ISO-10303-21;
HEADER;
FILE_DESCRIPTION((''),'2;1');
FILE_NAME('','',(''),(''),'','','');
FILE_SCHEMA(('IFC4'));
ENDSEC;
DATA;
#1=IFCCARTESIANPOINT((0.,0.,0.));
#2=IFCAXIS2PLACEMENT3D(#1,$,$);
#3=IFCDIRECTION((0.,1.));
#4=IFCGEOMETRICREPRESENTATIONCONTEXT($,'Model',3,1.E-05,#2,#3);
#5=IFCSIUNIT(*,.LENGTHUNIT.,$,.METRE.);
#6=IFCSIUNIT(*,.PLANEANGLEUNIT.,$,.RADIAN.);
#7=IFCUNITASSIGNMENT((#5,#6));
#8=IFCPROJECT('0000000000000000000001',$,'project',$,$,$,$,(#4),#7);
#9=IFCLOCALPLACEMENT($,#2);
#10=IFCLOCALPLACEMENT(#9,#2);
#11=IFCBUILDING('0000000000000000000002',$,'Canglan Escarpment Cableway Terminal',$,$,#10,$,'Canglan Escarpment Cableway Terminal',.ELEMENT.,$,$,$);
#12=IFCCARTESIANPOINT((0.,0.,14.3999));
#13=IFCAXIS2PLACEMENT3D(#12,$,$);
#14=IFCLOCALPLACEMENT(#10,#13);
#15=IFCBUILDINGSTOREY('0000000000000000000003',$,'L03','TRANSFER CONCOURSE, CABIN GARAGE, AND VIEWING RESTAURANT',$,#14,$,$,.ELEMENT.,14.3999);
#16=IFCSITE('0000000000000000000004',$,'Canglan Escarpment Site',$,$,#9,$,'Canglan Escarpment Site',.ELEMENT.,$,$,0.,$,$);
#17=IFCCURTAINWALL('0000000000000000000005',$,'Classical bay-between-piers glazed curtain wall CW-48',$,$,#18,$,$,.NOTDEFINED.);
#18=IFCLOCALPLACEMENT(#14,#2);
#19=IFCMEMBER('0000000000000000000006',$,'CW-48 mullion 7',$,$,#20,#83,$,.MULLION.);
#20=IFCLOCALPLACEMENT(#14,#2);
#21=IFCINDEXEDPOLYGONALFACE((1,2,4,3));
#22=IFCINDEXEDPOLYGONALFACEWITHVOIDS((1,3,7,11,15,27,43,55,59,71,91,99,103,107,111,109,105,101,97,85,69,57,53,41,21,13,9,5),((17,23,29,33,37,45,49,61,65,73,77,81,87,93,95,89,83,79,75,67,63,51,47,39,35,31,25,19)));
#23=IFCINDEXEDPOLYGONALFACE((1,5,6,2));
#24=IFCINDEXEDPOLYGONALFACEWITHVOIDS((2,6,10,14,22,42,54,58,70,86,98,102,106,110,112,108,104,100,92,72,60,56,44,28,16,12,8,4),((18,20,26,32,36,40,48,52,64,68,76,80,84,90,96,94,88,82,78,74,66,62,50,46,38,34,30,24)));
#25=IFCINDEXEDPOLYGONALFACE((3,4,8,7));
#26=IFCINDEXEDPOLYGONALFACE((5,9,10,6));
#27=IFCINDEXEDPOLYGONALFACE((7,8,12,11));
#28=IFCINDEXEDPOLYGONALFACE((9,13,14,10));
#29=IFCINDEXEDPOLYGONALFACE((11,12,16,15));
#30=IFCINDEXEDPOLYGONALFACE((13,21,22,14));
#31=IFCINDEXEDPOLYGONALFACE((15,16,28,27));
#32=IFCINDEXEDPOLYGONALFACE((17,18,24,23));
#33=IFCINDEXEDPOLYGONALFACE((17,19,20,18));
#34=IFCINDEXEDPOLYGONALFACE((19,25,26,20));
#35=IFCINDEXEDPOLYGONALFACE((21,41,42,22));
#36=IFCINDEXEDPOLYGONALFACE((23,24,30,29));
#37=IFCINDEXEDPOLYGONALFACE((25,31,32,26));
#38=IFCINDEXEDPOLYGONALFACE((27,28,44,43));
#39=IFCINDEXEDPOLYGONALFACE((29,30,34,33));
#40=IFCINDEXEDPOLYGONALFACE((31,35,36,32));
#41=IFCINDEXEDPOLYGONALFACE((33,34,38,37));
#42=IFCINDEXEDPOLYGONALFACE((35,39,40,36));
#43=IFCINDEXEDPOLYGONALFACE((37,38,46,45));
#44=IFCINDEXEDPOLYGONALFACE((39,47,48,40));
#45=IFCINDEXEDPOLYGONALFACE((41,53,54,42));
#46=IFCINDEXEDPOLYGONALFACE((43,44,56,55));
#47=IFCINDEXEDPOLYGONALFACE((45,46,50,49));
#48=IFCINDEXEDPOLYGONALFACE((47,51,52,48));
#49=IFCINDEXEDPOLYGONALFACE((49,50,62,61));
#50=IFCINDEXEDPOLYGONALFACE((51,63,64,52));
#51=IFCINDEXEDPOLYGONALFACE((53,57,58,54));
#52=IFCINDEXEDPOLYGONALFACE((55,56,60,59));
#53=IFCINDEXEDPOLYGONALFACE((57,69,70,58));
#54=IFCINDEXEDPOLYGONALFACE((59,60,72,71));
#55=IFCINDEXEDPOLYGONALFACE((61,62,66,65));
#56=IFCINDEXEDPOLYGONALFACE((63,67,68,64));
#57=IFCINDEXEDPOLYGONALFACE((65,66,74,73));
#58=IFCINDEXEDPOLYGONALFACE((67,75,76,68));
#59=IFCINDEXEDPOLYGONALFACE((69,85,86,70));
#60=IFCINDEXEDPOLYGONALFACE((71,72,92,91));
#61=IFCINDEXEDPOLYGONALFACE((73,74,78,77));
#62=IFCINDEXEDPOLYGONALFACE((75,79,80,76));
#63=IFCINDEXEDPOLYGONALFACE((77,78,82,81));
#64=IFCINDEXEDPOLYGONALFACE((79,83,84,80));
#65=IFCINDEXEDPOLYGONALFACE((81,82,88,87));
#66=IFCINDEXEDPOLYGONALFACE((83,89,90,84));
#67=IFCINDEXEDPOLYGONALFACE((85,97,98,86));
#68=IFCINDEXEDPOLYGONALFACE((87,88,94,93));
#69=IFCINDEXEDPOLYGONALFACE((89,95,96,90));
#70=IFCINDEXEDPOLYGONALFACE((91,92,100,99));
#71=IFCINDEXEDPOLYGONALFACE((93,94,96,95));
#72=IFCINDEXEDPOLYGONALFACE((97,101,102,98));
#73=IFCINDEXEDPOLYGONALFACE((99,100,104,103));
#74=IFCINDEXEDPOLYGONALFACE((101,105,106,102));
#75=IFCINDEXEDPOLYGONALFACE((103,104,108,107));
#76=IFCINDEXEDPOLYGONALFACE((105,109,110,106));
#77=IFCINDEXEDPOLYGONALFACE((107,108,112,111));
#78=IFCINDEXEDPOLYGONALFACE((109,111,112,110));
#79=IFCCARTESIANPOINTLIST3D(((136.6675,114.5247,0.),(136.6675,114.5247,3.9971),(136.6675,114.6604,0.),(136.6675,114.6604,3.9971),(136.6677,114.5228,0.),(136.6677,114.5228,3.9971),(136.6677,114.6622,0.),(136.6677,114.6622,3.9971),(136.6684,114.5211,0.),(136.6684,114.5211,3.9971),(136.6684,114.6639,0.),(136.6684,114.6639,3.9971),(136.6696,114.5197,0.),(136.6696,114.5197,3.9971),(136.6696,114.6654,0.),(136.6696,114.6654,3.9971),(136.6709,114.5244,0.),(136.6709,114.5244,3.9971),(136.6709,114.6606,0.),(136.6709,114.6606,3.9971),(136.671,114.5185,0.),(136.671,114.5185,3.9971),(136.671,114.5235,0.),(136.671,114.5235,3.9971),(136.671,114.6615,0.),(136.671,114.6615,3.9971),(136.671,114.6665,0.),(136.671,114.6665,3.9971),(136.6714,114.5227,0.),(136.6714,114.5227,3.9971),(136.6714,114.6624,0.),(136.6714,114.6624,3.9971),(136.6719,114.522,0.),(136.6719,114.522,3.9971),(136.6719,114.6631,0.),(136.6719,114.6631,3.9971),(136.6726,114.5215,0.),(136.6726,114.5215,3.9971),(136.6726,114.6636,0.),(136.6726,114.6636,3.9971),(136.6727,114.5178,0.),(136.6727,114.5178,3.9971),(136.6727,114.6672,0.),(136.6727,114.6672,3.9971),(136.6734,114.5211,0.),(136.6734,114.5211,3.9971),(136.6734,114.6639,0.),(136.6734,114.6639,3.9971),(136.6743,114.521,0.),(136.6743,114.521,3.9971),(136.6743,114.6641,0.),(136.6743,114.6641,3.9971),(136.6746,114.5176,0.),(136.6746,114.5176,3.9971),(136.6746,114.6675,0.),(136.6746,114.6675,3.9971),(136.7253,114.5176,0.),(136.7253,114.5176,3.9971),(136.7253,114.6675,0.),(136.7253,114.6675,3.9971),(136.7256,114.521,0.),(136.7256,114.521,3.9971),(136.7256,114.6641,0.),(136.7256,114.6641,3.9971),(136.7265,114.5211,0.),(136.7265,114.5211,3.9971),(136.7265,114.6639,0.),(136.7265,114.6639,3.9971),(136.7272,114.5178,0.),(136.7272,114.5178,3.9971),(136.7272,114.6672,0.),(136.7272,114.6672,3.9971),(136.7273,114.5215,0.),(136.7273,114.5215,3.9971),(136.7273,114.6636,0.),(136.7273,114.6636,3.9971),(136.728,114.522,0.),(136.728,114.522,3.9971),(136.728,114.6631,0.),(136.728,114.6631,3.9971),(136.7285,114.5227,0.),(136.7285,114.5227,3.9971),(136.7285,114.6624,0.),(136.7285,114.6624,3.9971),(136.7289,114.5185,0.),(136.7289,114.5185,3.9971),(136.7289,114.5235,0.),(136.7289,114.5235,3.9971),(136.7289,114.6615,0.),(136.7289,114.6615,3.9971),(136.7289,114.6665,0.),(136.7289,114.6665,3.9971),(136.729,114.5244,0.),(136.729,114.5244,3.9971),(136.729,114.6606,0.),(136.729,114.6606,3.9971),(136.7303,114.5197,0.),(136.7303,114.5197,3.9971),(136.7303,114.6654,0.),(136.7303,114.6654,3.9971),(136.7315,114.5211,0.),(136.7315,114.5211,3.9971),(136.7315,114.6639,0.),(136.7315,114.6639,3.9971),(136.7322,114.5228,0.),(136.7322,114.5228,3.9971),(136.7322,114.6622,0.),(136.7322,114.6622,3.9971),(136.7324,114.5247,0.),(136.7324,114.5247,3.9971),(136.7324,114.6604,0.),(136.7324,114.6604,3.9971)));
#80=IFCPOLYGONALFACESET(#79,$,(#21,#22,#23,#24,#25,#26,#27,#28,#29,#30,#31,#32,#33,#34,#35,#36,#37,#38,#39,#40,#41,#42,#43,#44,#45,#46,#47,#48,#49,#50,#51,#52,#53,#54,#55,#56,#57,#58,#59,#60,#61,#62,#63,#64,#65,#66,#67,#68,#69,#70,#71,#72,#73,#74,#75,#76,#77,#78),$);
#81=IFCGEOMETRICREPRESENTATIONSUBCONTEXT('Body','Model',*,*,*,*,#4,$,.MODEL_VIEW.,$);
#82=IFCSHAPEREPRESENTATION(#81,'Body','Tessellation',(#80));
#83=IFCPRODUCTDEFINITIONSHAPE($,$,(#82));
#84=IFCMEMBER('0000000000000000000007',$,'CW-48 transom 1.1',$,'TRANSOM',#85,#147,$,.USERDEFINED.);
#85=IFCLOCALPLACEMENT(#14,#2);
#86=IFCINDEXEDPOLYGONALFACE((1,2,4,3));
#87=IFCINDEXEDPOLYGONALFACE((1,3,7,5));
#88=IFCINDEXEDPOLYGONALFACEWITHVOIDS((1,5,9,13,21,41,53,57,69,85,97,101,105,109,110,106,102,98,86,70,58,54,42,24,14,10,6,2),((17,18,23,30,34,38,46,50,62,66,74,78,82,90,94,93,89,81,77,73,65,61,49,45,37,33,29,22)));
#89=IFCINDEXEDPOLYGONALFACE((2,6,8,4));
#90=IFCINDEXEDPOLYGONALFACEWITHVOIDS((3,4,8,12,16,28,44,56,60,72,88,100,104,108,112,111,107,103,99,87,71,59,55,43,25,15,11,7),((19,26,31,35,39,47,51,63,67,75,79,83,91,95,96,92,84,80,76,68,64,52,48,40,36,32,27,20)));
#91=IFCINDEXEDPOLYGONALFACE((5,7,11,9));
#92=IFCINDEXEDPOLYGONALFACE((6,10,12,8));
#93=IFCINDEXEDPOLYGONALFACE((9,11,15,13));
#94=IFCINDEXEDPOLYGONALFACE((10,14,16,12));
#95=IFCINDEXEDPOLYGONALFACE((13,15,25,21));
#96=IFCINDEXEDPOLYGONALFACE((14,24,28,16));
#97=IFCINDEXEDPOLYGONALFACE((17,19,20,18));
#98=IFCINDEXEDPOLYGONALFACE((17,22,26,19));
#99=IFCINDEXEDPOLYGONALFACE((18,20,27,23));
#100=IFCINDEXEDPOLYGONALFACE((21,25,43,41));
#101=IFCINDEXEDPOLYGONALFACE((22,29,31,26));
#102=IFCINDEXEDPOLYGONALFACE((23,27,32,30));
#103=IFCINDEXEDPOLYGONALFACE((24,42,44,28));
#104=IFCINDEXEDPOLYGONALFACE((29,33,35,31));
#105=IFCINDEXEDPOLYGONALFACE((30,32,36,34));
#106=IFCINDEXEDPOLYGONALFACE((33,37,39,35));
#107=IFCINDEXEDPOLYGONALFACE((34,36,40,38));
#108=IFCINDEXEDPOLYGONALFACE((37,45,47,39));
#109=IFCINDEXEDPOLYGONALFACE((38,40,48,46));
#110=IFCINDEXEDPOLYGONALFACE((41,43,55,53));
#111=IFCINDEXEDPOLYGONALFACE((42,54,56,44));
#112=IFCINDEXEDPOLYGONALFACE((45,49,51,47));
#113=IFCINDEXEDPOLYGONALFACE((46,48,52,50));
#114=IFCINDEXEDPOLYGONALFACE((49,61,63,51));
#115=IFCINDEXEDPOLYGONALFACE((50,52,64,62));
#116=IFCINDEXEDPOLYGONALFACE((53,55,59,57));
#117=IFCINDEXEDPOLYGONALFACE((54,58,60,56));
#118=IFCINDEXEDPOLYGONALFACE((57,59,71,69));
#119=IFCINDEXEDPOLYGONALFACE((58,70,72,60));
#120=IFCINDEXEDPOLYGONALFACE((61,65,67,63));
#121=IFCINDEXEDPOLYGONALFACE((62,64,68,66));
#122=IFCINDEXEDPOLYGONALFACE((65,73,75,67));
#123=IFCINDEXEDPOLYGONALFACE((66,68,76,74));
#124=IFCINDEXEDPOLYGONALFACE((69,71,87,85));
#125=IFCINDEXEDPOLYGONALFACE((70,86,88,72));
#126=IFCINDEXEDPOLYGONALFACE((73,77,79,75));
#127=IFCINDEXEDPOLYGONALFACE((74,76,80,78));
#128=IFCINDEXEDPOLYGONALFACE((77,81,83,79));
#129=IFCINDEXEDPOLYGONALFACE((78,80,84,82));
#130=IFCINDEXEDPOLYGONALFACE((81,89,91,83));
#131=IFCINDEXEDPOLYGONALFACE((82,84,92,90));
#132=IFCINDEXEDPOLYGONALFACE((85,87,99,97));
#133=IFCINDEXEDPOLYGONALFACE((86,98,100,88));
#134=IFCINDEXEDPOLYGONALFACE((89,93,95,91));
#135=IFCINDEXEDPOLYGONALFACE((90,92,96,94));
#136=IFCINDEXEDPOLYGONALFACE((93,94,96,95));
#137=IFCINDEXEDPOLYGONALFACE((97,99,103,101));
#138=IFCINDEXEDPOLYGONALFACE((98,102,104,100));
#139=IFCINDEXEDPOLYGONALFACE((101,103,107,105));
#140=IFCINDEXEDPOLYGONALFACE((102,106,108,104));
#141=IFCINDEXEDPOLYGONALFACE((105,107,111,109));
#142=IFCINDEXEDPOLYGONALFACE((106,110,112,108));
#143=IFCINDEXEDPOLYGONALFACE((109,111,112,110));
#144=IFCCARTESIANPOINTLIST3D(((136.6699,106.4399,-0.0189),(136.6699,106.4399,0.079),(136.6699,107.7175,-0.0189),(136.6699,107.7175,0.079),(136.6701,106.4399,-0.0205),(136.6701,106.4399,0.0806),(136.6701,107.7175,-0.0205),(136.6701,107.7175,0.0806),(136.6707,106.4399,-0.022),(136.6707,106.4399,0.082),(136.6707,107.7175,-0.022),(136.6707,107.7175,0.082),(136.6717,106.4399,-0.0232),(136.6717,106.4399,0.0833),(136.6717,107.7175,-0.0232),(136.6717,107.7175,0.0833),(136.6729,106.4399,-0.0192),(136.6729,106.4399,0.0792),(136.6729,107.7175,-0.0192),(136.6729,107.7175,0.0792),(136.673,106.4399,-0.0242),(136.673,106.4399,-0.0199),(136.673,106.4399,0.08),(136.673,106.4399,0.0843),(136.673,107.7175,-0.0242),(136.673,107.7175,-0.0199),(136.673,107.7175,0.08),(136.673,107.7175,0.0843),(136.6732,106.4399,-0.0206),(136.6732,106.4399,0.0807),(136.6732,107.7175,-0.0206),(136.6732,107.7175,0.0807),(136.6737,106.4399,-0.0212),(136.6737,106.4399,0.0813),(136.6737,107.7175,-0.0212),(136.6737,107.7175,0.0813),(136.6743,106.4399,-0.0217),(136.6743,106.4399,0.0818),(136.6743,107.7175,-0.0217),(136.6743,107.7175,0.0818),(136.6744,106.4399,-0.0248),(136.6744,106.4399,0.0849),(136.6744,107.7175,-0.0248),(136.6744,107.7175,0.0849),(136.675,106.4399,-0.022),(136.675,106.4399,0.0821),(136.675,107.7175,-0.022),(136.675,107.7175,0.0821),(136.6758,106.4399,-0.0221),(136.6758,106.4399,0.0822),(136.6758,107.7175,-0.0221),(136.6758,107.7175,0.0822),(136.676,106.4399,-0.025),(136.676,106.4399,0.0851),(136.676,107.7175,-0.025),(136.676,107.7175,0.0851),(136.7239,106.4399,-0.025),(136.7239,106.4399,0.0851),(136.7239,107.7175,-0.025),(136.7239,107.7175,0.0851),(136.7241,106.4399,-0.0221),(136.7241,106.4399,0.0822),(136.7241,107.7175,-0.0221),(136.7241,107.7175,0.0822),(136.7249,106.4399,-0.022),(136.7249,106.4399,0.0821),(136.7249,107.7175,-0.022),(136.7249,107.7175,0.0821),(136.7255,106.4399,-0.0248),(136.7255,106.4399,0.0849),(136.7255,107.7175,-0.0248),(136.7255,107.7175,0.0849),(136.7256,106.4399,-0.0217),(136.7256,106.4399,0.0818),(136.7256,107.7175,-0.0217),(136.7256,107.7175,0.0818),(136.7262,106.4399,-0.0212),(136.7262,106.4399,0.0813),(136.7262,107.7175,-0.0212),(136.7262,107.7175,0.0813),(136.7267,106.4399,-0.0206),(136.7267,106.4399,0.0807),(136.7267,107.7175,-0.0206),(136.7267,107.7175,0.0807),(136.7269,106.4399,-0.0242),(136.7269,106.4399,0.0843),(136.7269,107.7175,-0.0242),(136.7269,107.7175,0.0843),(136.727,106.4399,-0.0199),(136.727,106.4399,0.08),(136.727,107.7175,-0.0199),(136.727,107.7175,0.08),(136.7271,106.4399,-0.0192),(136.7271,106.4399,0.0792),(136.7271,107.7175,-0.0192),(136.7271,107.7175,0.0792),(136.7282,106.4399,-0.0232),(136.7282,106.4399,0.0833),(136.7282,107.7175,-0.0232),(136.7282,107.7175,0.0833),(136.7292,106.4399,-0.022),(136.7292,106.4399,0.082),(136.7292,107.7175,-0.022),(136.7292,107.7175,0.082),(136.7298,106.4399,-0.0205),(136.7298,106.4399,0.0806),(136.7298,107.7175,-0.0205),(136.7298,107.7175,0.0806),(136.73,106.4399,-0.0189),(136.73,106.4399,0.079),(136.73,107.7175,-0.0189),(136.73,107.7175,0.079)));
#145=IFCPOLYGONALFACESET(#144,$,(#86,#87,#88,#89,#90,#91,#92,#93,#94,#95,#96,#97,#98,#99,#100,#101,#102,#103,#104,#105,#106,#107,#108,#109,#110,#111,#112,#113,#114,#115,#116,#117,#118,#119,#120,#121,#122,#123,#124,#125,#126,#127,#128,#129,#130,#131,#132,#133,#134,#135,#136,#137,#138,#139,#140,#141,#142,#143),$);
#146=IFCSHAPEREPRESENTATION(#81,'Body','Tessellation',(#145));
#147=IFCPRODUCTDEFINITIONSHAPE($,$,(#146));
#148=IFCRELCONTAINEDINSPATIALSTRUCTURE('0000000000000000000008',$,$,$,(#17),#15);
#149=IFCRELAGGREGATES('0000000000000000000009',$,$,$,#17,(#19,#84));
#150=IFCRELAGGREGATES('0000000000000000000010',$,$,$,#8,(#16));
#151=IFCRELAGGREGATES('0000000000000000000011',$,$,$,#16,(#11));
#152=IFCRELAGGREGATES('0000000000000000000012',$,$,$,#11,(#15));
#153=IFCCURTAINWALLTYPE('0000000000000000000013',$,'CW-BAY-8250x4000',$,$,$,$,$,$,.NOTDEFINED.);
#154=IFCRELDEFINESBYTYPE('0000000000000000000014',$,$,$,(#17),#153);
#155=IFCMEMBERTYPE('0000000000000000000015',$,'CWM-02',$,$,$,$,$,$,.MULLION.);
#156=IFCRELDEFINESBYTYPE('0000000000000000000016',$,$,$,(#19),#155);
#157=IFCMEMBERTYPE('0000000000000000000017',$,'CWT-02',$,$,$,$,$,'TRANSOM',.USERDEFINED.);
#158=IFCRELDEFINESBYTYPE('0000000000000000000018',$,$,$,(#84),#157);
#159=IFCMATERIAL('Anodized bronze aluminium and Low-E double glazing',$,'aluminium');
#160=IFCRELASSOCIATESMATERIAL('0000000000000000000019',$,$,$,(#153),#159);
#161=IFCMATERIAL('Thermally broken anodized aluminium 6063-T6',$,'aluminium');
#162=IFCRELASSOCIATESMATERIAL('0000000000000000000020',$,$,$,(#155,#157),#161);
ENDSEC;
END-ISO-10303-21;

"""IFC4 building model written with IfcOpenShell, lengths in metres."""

from ifc_helpers import new_model, si_unit, direction, frame, origin, origin_2d, place, context, subcontext, project, spatial, hollow_rectangle, extrude, material, material_profile, profile_set, type_object, element, aggregate, save


model = new_model("IFC4")

# Units and contexts
model_context = context("Model", 3, precision=1e-05, world=origin(), true_north=direction((0.0, 1.0)))
body_context = subcontext(model_context, "Body", "Model", "MODEL_VIEW")
ifc_project = project(units=[si_unit("LENGTHUNIT", "METRE"), si_unit("PLANEANGLEUNIT", "RADIAN")], contexts=[model_context])

# Site, building, storey
site_placement = place(None, origin())
site = spatial("IfcSite", under=ifc_project, at=site_placement, Name="Canglan Escarpment Site", LongName="Canglan Escarpment Site", CompositionType="ELEMENT", RefElevation=0.0)
building_placement = place(site_placement, origin())
building = spatial("IfcBuilding", under=site, at=building_placement, Name="Canglan Escarpment Cableway Terminal", LongName="Canglan Escarpment Cableway Terminal", CompositionType="ELEMENT")
storey_placement = place(building_placement, frame((0.0, 0.0, 14.3999)))
storey = spatial("IfcBuildingStorey", under=building, at=storey_placement, Name="L03", Description="TRANSFER CONCOURSE, CABIN GARAGE, AND VIEWING RESTAURANT", CompositionType="ELEMENT", Elevation=14.3999)

# Curtain wall, members
ifc_material_1 = material(Name="Anodized bronze aluminium and Low-E double glazing", Category="aluminium")
curtain_wall_type_1 = type_object("IfcCurtainWallType", Name="CW-BAY-8250x4000", PredefinedType="NOTDEFINED", material=ifc_material_1)
curtain_wall_1_placement = place(storey_placement, origin())
curtain_wall_1 = element("IfcCurtainWall", 1, at=curtain_wall_1_placement, inside=storey, type_object=curtain_wall_type_1, Name="Classical bay-between-piers glazed curtain wall CW-48", PredefinedType="NOTDEFINED")
ifc_material_2 = material(Name="Thermally broken anodized aluminium 6063-T6", Category="aluminium")
ifc_material_profile_1 = material_profile(ifc_material_2, hollow_rectangle(XDim=0.0649, YDim=0.1499, WallThickness=0.0034, InnerFilletRadius=0.0034, OuterFilletRadius=0.0071, at=origin_2d()), Name="ALU-MULL 65x150x3.5")
ifc_profile_set_1 = profile_set([ifc_material_profile_1], Name="Thermally broken anodized aluminium 6063-T6")
member_type_1 = type_object("IfcMemberType", Name="CWM-02", PredefinedType="MULLION", material=ifc_profile_set_1)
member_1_placement = place(storey_placement, frame((136.7, 114.5925, 0.0), z_axis=(0.0, 0.0, 1.0), x_axis=(-1.0, 0.0, 0.0)))
member_1 = element("IfcMember", 2, at=member_1_placement, type_object=member_type_1, Name="CW-48 mullion 7", PredefinedType="MULLION", context=body_context, shape_type="SweptSolid", body=[
    extrude(hollow_rectangle(XDim=0.0649, YDim=0.1499, WallThickness=0.0034, InnerFilletRadius=0.0034, OuterFilletRadius=0.0071, at=origin_2d()), origin(), (0.0, 0.0, 1.0), 3.9971),
])
ifc_material_profile_2 = material_profile(ifc_material_2, hollow_rectangle(XDim=0.0601, YDim=0.1101, WallThickness=0.0029, InnerFilletRadius=0.0029, OuterFilletRadius=0.0061, at=origin_2d()), Name="ALU-TRAN 60x110x3")
ifc_profile_set_2 = profile_set([ifc_material_profile_2], Name="Thermally broken anodized aluminium 6063-T6")
member_type_2 = type_object("IfcMemberType", Name="CWT-02", ElementType="TRANSOM", PredefinedType="USERDEFINED", material=ifc_profile_set_2)
member_2_placement = place(storey_placement, frame((136.7, 106.4399, 0.03), z_axis=(0.0, 1.0, 0.0), x_axis=(-1.0, 0.0, 0.0)))
member_2 = element("IfcMember", 3, at=member_2_placement, type_object=member_type_2, Name="CW-48 transom 1.1", ObjectType="TRANSOM", PredefinedType="USERDEFINED", context=body_context, shape_type="SweptSolid", body=[
    extrude(hollow_rectangle(XDim=0.0601, YDim=0.1101, WallThickness=0.0029, InnerFilletRadius=0.0029, OuterFilletRadius=0.0061, at=origin_2d()), origin(), (0.0, 0.0, 1.0), 1.2776),
])
aggregate(curtain_wall_1, [member_1, member_2])

save(model, "model.ifc")
